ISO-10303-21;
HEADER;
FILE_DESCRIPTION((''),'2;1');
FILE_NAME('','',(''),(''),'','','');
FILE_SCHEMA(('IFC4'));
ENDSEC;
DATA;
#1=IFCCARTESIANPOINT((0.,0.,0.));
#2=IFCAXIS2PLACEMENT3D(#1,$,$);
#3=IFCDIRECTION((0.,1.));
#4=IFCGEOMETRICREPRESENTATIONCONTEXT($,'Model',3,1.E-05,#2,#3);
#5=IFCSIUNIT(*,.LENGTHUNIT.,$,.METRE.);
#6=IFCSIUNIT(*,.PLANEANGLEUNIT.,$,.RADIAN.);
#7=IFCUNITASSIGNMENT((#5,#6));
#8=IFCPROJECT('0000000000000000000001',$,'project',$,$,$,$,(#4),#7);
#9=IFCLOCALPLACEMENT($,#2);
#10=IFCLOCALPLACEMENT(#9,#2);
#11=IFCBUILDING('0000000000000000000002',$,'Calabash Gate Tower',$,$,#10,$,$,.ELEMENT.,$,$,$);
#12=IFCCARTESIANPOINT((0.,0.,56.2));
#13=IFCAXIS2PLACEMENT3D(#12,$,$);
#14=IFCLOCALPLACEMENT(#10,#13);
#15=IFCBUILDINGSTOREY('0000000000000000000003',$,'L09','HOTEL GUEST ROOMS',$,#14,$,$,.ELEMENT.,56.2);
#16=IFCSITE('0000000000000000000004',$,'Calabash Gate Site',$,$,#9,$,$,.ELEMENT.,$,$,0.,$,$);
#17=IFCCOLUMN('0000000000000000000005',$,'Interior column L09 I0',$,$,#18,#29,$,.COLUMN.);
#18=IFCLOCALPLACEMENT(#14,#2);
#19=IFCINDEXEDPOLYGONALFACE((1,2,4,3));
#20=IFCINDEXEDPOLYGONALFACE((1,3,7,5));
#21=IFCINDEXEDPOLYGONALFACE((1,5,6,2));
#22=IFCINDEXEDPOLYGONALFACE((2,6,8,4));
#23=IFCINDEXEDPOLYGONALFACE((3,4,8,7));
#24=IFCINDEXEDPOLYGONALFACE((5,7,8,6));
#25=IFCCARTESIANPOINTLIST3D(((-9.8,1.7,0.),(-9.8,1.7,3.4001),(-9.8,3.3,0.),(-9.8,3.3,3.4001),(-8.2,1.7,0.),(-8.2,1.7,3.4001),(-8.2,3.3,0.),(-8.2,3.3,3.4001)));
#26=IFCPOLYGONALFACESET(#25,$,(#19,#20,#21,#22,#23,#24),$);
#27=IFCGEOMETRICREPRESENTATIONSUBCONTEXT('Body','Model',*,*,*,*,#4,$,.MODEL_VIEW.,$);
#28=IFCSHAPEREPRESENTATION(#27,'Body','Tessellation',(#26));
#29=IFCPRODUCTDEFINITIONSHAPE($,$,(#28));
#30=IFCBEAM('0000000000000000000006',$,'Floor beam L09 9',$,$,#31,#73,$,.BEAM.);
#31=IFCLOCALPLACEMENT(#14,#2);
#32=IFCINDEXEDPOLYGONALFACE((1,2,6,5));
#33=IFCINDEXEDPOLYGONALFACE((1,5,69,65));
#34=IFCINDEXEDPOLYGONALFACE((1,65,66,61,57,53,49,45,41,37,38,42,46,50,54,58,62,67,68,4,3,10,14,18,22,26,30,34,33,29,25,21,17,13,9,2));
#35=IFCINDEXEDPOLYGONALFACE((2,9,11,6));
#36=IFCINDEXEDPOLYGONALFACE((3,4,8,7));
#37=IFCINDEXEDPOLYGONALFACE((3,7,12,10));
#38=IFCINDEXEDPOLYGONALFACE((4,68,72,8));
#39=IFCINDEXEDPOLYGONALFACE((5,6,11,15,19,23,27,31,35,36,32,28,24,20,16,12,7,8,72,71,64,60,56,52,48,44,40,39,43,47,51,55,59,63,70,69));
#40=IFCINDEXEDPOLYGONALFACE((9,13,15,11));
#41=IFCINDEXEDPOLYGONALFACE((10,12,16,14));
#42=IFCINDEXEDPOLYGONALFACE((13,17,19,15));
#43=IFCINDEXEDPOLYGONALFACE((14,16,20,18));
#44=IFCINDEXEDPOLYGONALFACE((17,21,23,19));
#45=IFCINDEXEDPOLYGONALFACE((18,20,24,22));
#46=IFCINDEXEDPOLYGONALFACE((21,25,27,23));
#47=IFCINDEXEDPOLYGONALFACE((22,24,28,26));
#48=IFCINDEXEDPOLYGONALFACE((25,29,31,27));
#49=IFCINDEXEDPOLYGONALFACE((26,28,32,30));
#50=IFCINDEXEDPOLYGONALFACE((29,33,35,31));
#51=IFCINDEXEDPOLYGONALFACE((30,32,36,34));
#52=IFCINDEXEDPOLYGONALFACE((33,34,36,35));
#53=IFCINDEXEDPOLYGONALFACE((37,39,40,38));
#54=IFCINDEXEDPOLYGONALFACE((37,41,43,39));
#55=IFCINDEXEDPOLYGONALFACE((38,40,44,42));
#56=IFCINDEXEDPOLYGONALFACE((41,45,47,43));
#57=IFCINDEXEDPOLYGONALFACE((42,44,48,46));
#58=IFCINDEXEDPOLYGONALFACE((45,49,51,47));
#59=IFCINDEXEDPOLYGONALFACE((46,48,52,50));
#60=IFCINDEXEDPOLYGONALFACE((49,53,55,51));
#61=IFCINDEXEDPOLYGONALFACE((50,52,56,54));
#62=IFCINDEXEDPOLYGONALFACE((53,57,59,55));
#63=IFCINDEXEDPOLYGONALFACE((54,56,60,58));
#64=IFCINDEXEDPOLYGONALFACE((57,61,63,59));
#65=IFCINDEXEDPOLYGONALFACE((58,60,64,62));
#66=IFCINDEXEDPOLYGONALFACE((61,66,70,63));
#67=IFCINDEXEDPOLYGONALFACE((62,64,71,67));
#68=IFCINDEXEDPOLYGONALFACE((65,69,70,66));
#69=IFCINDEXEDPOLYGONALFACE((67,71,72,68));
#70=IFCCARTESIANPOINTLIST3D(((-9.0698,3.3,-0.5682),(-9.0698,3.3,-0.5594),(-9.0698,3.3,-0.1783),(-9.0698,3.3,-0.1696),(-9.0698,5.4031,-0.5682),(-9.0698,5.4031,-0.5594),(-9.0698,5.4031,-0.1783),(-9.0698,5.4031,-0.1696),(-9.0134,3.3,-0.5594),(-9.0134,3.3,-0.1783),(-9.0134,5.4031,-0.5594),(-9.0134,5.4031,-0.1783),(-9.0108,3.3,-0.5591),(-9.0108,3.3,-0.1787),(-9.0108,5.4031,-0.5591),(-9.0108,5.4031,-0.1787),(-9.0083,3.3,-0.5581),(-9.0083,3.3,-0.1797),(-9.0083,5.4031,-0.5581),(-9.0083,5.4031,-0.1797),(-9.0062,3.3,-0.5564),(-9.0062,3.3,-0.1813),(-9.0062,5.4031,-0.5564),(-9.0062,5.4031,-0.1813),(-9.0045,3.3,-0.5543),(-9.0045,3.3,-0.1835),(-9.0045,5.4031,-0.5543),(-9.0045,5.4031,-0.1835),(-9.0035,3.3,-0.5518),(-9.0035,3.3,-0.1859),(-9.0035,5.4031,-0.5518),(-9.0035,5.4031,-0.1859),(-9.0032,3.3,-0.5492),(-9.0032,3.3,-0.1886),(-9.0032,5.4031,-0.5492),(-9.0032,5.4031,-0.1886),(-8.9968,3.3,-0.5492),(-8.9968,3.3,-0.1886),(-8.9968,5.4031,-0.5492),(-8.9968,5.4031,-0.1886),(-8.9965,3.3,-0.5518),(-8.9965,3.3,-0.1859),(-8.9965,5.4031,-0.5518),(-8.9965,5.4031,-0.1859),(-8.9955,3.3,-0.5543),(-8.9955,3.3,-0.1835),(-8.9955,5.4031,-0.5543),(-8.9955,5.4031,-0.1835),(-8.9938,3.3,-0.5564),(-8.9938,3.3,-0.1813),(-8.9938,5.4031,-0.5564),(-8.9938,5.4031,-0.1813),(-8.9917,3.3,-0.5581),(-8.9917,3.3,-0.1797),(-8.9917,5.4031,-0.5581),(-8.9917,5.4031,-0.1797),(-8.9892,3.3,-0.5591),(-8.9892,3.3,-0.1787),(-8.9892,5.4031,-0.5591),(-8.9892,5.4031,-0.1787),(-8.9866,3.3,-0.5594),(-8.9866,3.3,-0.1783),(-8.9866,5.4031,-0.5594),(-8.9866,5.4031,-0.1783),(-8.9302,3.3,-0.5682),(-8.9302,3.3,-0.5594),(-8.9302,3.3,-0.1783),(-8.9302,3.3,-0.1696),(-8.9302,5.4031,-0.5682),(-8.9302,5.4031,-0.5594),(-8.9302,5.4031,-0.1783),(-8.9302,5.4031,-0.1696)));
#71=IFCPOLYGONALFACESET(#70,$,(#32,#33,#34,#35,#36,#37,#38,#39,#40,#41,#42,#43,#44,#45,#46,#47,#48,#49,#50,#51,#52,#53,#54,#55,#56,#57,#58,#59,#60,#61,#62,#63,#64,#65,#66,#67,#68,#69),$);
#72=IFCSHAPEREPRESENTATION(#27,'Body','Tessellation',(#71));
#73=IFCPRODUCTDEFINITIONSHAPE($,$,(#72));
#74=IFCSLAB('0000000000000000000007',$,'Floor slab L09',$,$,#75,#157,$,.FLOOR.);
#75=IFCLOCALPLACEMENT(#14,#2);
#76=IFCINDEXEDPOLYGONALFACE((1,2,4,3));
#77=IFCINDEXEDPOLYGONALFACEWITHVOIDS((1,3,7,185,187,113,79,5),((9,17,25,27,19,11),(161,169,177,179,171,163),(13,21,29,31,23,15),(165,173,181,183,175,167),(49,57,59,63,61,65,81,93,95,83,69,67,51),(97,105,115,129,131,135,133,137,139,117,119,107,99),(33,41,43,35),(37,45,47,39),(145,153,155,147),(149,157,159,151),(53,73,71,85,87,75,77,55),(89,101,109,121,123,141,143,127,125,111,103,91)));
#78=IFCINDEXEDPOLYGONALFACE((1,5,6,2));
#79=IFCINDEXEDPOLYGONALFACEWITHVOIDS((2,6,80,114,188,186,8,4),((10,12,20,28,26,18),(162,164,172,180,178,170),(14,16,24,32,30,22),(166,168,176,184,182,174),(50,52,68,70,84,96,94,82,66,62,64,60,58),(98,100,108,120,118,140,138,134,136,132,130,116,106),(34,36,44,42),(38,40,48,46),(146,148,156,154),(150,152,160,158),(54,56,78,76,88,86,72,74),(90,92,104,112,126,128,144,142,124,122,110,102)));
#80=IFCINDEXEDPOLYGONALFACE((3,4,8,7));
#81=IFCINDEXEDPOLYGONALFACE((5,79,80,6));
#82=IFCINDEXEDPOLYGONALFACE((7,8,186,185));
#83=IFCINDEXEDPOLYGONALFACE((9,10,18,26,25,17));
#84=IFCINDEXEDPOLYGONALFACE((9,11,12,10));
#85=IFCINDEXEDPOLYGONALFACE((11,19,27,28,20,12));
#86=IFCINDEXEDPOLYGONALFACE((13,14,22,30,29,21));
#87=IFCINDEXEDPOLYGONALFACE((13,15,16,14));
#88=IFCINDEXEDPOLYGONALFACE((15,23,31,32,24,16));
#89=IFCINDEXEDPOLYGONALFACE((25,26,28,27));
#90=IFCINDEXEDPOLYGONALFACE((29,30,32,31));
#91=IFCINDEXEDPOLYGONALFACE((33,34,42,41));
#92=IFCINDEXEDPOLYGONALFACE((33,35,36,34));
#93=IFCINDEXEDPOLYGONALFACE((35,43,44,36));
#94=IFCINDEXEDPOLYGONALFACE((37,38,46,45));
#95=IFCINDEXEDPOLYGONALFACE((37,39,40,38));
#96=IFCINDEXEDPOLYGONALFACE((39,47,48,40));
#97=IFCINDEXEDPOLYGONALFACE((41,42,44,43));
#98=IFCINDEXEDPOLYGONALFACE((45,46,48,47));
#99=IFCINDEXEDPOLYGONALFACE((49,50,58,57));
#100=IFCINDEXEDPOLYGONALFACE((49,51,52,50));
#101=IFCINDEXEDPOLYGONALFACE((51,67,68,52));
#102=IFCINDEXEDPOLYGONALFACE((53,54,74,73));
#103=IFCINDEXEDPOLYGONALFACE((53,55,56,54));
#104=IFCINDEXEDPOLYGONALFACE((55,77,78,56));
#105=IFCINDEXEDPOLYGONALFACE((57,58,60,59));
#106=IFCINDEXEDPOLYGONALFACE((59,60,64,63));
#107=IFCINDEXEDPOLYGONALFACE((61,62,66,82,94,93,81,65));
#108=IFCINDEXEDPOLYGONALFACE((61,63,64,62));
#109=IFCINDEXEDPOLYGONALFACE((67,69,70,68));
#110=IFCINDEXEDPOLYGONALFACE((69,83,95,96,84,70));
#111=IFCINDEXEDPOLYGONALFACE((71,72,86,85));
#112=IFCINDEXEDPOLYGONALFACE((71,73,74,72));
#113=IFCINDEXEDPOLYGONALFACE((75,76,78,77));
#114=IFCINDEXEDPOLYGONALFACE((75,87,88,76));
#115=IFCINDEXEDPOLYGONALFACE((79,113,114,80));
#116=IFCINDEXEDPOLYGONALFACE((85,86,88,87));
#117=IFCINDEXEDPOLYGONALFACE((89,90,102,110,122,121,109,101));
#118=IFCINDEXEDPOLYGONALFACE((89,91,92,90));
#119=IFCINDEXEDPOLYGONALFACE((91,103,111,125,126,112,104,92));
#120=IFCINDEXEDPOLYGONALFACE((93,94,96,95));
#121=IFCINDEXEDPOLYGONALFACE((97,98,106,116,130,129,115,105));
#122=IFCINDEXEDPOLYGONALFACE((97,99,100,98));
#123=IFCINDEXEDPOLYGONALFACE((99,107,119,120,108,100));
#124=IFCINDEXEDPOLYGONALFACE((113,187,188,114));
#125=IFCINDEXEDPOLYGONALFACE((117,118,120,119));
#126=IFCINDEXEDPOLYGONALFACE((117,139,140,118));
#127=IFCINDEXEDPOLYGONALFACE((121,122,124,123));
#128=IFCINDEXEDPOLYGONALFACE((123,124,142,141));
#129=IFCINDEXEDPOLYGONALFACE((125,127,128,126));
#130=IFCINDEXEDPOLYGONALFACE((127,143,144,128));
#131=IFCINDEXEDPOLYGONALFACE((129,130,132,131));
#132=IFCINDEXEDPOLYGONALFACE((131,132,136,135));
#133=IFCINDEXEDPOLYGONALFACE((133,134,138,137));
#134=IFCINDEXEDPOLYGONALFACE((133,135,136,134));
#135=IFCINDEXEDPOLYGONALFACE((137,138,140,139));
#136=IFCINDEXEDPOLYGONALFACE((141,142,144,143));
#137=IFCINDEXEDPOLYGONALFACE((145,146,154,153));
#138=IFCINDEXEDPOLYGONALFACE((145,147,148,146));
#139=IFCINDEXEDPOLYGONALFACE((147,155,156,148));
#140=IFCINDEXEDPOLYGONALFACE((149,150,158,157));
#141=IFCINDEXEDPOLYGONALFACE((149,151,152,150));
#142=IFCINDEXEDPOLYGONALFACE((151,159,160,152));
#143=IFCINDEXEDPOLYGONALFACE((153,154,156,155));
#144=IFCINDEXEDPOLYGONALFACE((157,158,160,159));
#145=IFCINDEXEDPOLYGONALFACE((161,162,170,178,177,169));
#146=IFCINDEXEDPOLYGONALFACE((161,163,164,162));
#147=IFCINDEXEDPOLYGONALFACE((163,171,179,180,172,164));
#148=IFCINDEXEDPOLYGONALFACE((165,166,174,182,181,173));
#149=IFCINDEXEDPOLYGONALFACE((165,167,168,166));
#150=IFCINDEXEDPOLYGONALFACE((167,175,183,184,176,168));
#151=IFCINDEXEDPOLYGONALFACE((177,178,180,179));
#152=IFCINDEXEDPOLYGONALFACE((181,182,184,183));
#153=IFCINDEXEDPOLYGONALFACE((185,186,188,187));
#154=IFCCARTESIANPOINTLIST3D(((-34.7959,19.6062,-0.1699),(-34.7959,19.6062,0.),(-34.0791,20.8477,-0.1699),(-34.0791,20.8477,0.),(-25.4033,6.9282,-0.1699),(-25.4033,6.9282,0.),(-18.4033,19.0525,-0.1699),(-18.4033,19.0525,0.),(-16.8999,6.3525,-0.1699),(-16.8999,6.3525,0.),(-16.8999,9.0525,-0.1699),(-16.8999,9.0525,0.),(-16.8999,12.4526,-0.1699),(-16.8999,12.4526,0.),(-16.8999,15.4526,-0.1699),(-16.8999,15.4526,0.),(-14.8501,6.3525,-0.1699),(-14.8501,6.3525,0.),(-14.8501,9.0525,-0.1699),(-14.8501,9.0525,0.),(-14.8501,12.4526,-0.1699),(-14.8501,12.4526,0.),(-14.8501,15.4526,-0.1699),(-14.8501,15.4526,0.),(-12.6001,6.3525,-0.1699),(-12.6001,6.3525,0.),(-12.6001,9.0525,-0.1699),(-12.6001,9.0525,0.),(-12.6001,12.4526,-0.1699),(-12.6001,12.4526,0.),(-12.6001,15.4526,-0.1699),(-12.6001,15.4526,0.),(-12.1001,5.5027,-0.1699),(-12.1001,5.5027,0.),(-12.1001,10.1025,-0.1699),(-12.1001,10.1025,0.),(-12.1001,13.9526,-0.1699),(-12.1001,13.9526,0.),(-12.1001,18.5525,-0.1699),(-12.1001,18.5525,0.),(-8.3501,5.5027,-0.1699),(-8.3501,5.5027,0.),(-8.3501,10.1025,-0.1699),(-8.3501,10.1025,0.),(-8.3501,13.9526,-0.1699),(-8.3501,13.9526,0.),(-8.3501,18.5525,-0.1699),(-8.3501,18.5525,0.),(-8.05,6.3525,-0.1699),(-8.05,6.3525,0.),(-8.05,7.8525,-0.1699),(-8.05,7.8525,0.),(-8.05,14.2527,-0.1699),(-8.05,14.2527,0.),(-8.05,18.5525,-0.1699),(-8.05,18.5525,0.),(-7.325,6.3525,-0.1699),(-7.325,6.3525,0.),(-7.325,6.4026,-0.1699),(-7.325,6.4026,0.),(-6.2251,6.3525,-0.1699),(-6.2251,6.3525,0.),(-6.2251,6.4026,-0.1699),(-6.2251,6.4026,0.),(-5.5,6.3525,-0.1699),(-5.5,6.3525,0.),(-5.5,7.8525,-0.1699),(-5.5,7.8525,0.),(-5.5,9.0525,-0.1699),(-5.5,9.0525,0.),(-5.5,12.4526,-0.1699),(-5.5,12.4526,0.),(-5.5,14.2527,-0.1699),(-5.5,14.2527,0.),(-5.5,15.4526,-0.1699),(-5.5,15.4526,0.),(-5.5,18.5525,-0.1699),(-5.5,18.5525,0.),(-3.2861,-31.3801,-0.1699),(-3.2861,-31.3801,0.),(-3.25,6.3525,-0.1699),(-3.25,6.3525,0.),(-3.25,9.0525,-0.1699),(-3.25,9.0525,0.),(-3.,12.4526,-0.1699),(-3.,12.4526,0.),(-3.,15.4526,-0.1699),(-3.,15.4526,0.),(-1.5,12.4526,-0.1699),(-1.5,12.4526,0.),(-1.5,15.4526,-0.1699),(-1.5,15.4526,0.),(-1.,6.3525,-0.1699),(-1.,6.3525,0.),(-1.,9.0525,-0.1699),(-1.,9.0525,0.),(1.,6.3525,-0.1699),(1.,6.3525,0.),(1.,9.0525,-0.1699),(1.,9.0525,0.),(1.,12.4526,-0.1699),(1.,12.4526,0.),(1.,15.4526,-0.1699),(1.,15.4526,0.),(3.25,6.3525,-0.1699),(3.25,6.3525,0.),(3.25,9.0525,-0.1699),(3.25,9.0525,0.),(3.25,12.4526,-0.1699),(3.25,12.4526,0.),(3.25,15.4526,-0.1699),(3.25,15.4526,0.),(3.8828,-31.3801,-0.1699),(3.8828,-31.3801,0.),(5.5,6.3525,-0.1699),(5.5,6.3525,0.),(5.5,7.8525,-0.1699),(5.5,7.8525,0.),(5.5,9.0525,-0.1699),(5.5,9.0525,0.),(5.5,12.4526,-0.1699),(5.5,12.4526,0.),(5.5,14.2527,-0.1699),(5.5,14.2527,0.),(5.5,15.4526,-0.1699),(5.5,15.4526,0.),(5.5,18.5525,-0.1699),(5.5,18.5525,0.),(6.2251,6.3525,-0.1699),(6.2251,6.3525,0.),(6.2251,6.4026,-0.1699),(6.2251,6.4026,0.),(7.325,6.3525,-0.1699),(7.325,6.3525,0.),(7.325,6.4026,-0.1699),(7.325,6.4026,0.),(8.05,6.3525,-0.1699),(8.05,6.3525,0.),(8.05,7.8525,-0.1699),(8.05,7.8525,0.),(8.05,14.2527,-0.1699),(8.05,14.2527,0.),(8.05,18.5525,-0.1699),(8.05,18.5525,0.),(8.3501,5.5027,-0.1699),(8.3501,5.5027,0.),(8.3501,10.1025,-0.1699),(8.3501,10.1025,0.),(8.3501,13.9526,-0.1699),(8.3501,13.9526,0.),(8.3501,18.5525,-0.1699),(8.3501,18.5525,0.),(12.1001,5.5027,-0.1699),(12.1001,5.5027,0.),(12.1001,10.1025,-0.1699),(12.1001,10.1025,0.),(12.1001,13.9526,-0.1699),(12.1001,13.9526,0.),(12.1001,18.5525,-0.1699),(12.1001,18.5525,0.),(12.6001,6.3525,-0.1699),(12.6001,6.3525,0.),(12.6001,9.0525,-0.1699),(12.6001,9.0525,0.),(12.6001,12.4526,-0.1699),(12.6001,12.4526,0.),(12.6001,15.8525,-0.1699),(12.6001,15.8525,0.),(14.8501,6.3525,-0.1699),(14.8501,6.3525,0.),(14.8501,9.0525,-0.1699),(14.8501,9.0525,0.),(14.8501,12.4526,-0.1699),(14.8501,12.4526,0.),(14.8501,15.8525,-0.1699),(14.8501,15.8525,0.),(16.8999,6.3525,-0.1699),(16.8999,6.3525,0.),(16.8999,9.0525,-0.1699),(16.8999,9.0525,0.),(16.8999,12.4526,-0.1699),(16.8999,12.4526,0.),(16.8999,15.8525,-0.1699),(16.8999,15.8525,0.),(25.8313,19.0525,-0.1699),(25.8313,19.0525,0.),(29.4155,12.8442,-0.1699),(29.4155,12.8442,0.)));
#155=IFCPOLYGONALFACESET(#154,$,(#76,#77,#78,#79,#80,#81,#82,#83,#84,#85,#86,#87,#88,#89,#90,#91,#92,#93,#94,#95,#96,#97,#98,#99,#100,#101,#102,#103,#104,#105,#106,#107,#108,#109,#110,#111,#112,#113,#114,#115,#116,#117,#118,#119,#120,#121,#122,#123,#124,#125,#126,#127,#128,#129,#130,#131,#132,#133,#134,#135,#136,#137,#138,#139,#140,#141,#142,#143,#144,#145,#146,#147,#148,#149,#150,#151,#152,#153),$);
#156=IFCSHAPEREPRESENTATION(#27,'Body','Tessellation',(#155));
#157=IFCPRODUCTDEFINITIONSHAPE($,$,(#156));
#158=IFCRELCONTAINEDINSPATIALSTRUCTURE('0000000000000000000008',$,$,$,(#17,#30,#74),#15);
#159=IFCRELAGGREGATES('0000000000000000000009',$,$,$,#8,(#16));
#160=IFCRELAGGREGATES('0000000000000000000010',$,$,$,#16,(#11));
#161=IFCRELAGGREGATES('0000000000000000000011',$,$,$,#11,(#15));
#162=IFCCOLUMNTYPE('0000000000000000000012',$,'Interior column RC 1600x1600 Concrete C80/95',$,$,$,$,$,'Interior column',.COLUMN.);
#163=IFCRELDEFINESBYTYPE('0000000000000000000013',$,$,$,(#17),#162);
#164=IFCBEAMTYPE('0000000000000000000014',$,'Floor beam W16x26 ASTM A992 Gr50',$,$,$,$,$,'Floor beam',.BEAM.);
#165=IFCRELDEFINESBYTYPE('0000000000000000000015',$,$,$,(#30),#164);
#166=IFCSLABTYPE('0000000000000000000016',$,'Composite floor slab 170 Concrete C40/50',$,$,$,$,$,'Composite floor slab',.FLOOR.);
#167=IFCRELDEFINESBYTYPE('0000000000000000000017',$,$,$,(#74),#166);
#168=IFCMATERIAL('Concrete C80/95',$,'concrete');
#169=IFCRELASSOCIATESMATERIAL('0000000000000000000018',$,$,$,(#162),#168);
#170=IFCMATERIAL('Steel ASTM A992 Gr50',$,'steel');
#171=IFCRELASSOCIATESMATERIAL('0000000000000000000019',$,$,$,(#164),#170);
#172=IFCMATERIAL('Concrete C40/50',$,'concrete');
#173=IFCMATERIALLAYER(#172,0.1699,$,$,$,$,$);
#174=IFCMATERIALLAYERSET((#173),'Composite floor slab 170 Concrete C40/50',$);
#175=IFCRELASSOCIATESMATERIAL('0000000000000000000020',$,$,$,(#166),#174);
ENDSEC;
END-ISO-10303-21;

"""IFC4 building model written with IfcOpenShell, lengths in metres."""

from ifc_helpers import new_model, si_unit, direction, frame, origin, origin_2d, place, context, subcontext, project, spatial, polyline, rectangle, i_section, outline, extrude, material, layer, layer_set, material_profile, profile_set, type_object, element, save


model = new_model("IFC4")

# Units and contexts
model_context = context("Model", 3, precision=1e-05, world=origin(), true_north=direction((0.0, 1.0)))
body_context = subcontext(model_context, "Body", "Model", "MODEL_VIEW")
ifc_project = project(units=[si_unit("LENGTHUNIT", "METRE"), si_unit("PLANEANGLEUNIT", "RADIAN")], contexts=[model_context])

# Site, building, storey
site_placement = place(None, origin())
site = spatial("IfcSite", under=ifc_project, at=site_placement, Name="Calabash Gate Site", CompositionType="ELEMENT", RefElevation=0.0)
building_placement = place(site_placement, origin())
building = spatial("IfcBuilding", under=site, at=building_placement, Name="Calabash Gate Tower", CompositionType="ELEMENT")
storey_placement = place(building_placement, frame((0.0, 0.0, 56.2)))
storey = spatial("IfcBuildingStorey", under=building, at=storey_placement, Name="L09", Description="HOTEL GUEST ROOMS", CompositionType="ELEMENT", Elevation=56.2)

# Column
ifc_material_1 = material(Name="Concrete C80/95", Category="concrete")
ifc_material_profile_1 = material_profile(ifc_material_1, rectangle(XDim=1.6001, YDim=1.6001, at=origin_2d()))
ifc_profile_set_1 = profile_set([ifc_material_profile_1], Name="Concrete C80/95")
column_type = type_object("IfcColumnType", Name="Interior column RC 1600x1600 Concrete C80/95", ElementType="Interior column", PredefinedType="COLUMN", material=ifc_profile_set_1)
column_placement = place(storey_placement, frame((-9.0, 2.5, 0.0), z_axis=(0.0, 0.0, 1.0), x_axis=(1.0, 0.0, 0.0)))
element("IfcColumn", 1, at=column_placement, inside=storey, type_object=column_type, Name="Interior column L09 I0", PredefinedType="COLUMN", context=body_context, shape_type="SweptSolid", body=[
    extrude(rectangle(XDim=1.6001, YDim=1.6001, at=origin_2d()), origin(), (0.0, 0.0, 1.0), 3.4001),
])

# Beam
ifc_material_2 = material(Name="Steel ASTM A992 Gr50", Category="steel")
ifc_material_profile_2 = material_profile(ifc_material_2, i_section(OverallWidth=0.1396, OverallDepth=0.3987, WebThickness=0.0063, FlangeThickness=0.0088, FilletRadius=0.0103, at=origin_2d()))
ifc_profile_set_2 = profile_set([ifc_material_profile_2], Name="Steel ASTM A992 Gr50")
beam_type = type_object("IfcBeamType", Name="Floor beam W16x26 ASTM A992 Gr50", ElementType="Floor beam", PredefinedType="BEAM", material=ifc_profile_set_2)
beam_placement = place(storey_placement, frame((-9.0, 3.3, -0.3689), z_axis=(0.0, 1.0, 0.0), x_axis=(-1.0, 0.0, 0.0)))
element("IfcBeam", 2, at=beam_placement, inside=storey, type_object=beam_type, Name="Floor beam L09 9", PredefinedType="BEAM", context=body_context, shape_type="SweptSolid", body=[
    extrude(i_section(OverallWidth=0.1396, OverallDepth=0.3987, WebThickness=0.0063, FlangeThickness=0.0088, FilletRadius=0.0103, at=origin_2d()), origin(), (0.0, 0.0, 1.0), 2.103),
])

# Slab
ifc_material_3 = material(Name="Concrete C40/50", Category="concrete")
ifc_layer_1 = layer(ifc_material_3, 0.1699)
ifc_layer_set_1 = layer_set([ifc_layer_1], Name="Composite floor slab 170 Concrete C40/50")
slab_type = type_object("IfcSlabType", Name="Composite floor slab 170 Concrete C40/50", ElementType="Composite floor slab", PredefinedType="FLOOR", material=ifc_layer_set_1)
slab_placement = place(storey_placement, frame((0.0, 0.0, -0.1699)))
element("IfcSlab", 3, at=slab_placement, inside=storey, type_object=slab_type, Name="Floor slab L09", PredefinedType="FLOOR", context=body_context, shape_type="SweptSolid", body=[
    extrude(outline(polyline([(-25.4033, 6.9282), (-34.7959, 19.6062), (-34.0791, 20.8477), (-18.4033, 19.0525), (25.8313, 19.0525), (29.4155, 12.8442), (3.8828, -31.3801), (-3.2861, -31.3801), (-25.4033, 6.9282)]), holes=[polyline([(-5.5, 9.0525), (-5.5, 7.8525), (-8.05, 7.8525), (-8.05, 6.3525), (-7.325, 6.3525), (-7.325, 6.4026), (-6.2251, 6.4026), (-6.2251, 6.3525), (-5.5, 6.3525), (-3.25, 6.3525), (-1.0, 6.3525), (-1.0, 9.0525), (-3.25, 9.0525), (-5.5, 9.0525)]), polyline([(5.5, 9.0525), (3.25, 9.0525), (1.0, 9.0525), (1.0, 6.3525), (3.25, 6.3525), (5.5, 6.3525), (6.2251, 6.3525), (6.2251, 6.4026), (7.325, 6.4026), (7.325, 6.3525), (8.05, 6.3525), (8.05, 7.8525), (5.5, 7.8525), (5.5, 9.0525)]), polyline([(-5.5, 14.2527), (-5.5, 12.4526), (-3.0, 12.4526), (-3.0, 15.4526), (-5.5, 15.4526), (-5.5, 18.5525), (-8.05, 18.5525), (-8.05, 14.2527), (-5.5, 14.2527)]), polyline([(8.05, 18.5525), (5.5, 18.5525), (5.5, 15.4526), (3.25, 15.4526), (1.0, 15.4526), (-1.5, 15.4526), (-1.5, 12.4526), (1.0, 12.4526), (3.25, 12.4526), (5.5, 12.4526), (5.5, 14.2527), (8.05, 14.2527), (8.05, 18.5525)]), polyline([(-12.6001, 6.3525), (-12.6001, 9.0525), (-14.8501, 9.0525), (-16.8999, 9.0525), (-16.8999, 6.3525), (-14.8501, 6.3525), (-12.6001, 6.3525)]), polyline([(-14.8501, 12.4526), (-12.6001, 12.4526), (-12.6001, 15.4526), (-14.8501, 15.4526), (-16.8999, 15.4526), (-16.8999, 12.4526), (-14.8501, 12.4526)]), polyline([(14.8501, 6.3525), (16.8999, 6.3525), (16.8999, 9.0525), (14.8501, 9.0525), (12.6001, 9.0525), (12.6001, 6.3525), (14.8501, 6.3525)]), polyline([(14.8501, 12.4526), (16.8999, 12.4526), (16.8999, 15.8525), (14.8501, 15.8525), (12.6001, 15.8525), (12.6001, 12.4526), (14.8501, 12.4526)]), polyline([(-8.3501, 18.5525), (-12.1001, 18.5525), (-12.1001, 13.9526), (-8.3501, 13.9526), (-8.3501, 18.5525)]), polyline([(-12.1001, 10.1025), (-12.1001, 5.5027), (-8.3501, 5.5027), (-8.3501, 10.1025), (-12.1001, 10.1025)]), polyline([(8.3501, 13.9526), (12.1001, 13.9526), (12.1001, 18.5525), (8.3501, 18.5525), (8.3501, 13.9526)]), polyline([(12.1001, 5.5027), (12.1001, 10.1025), (8.3501, 10.1025), (8.3501, 5.5027), (12.1001, 5.5027)])]), origin(), (0.0, 0.0, 1.0), 0.1699),
])

save(model, "model.ifc")
